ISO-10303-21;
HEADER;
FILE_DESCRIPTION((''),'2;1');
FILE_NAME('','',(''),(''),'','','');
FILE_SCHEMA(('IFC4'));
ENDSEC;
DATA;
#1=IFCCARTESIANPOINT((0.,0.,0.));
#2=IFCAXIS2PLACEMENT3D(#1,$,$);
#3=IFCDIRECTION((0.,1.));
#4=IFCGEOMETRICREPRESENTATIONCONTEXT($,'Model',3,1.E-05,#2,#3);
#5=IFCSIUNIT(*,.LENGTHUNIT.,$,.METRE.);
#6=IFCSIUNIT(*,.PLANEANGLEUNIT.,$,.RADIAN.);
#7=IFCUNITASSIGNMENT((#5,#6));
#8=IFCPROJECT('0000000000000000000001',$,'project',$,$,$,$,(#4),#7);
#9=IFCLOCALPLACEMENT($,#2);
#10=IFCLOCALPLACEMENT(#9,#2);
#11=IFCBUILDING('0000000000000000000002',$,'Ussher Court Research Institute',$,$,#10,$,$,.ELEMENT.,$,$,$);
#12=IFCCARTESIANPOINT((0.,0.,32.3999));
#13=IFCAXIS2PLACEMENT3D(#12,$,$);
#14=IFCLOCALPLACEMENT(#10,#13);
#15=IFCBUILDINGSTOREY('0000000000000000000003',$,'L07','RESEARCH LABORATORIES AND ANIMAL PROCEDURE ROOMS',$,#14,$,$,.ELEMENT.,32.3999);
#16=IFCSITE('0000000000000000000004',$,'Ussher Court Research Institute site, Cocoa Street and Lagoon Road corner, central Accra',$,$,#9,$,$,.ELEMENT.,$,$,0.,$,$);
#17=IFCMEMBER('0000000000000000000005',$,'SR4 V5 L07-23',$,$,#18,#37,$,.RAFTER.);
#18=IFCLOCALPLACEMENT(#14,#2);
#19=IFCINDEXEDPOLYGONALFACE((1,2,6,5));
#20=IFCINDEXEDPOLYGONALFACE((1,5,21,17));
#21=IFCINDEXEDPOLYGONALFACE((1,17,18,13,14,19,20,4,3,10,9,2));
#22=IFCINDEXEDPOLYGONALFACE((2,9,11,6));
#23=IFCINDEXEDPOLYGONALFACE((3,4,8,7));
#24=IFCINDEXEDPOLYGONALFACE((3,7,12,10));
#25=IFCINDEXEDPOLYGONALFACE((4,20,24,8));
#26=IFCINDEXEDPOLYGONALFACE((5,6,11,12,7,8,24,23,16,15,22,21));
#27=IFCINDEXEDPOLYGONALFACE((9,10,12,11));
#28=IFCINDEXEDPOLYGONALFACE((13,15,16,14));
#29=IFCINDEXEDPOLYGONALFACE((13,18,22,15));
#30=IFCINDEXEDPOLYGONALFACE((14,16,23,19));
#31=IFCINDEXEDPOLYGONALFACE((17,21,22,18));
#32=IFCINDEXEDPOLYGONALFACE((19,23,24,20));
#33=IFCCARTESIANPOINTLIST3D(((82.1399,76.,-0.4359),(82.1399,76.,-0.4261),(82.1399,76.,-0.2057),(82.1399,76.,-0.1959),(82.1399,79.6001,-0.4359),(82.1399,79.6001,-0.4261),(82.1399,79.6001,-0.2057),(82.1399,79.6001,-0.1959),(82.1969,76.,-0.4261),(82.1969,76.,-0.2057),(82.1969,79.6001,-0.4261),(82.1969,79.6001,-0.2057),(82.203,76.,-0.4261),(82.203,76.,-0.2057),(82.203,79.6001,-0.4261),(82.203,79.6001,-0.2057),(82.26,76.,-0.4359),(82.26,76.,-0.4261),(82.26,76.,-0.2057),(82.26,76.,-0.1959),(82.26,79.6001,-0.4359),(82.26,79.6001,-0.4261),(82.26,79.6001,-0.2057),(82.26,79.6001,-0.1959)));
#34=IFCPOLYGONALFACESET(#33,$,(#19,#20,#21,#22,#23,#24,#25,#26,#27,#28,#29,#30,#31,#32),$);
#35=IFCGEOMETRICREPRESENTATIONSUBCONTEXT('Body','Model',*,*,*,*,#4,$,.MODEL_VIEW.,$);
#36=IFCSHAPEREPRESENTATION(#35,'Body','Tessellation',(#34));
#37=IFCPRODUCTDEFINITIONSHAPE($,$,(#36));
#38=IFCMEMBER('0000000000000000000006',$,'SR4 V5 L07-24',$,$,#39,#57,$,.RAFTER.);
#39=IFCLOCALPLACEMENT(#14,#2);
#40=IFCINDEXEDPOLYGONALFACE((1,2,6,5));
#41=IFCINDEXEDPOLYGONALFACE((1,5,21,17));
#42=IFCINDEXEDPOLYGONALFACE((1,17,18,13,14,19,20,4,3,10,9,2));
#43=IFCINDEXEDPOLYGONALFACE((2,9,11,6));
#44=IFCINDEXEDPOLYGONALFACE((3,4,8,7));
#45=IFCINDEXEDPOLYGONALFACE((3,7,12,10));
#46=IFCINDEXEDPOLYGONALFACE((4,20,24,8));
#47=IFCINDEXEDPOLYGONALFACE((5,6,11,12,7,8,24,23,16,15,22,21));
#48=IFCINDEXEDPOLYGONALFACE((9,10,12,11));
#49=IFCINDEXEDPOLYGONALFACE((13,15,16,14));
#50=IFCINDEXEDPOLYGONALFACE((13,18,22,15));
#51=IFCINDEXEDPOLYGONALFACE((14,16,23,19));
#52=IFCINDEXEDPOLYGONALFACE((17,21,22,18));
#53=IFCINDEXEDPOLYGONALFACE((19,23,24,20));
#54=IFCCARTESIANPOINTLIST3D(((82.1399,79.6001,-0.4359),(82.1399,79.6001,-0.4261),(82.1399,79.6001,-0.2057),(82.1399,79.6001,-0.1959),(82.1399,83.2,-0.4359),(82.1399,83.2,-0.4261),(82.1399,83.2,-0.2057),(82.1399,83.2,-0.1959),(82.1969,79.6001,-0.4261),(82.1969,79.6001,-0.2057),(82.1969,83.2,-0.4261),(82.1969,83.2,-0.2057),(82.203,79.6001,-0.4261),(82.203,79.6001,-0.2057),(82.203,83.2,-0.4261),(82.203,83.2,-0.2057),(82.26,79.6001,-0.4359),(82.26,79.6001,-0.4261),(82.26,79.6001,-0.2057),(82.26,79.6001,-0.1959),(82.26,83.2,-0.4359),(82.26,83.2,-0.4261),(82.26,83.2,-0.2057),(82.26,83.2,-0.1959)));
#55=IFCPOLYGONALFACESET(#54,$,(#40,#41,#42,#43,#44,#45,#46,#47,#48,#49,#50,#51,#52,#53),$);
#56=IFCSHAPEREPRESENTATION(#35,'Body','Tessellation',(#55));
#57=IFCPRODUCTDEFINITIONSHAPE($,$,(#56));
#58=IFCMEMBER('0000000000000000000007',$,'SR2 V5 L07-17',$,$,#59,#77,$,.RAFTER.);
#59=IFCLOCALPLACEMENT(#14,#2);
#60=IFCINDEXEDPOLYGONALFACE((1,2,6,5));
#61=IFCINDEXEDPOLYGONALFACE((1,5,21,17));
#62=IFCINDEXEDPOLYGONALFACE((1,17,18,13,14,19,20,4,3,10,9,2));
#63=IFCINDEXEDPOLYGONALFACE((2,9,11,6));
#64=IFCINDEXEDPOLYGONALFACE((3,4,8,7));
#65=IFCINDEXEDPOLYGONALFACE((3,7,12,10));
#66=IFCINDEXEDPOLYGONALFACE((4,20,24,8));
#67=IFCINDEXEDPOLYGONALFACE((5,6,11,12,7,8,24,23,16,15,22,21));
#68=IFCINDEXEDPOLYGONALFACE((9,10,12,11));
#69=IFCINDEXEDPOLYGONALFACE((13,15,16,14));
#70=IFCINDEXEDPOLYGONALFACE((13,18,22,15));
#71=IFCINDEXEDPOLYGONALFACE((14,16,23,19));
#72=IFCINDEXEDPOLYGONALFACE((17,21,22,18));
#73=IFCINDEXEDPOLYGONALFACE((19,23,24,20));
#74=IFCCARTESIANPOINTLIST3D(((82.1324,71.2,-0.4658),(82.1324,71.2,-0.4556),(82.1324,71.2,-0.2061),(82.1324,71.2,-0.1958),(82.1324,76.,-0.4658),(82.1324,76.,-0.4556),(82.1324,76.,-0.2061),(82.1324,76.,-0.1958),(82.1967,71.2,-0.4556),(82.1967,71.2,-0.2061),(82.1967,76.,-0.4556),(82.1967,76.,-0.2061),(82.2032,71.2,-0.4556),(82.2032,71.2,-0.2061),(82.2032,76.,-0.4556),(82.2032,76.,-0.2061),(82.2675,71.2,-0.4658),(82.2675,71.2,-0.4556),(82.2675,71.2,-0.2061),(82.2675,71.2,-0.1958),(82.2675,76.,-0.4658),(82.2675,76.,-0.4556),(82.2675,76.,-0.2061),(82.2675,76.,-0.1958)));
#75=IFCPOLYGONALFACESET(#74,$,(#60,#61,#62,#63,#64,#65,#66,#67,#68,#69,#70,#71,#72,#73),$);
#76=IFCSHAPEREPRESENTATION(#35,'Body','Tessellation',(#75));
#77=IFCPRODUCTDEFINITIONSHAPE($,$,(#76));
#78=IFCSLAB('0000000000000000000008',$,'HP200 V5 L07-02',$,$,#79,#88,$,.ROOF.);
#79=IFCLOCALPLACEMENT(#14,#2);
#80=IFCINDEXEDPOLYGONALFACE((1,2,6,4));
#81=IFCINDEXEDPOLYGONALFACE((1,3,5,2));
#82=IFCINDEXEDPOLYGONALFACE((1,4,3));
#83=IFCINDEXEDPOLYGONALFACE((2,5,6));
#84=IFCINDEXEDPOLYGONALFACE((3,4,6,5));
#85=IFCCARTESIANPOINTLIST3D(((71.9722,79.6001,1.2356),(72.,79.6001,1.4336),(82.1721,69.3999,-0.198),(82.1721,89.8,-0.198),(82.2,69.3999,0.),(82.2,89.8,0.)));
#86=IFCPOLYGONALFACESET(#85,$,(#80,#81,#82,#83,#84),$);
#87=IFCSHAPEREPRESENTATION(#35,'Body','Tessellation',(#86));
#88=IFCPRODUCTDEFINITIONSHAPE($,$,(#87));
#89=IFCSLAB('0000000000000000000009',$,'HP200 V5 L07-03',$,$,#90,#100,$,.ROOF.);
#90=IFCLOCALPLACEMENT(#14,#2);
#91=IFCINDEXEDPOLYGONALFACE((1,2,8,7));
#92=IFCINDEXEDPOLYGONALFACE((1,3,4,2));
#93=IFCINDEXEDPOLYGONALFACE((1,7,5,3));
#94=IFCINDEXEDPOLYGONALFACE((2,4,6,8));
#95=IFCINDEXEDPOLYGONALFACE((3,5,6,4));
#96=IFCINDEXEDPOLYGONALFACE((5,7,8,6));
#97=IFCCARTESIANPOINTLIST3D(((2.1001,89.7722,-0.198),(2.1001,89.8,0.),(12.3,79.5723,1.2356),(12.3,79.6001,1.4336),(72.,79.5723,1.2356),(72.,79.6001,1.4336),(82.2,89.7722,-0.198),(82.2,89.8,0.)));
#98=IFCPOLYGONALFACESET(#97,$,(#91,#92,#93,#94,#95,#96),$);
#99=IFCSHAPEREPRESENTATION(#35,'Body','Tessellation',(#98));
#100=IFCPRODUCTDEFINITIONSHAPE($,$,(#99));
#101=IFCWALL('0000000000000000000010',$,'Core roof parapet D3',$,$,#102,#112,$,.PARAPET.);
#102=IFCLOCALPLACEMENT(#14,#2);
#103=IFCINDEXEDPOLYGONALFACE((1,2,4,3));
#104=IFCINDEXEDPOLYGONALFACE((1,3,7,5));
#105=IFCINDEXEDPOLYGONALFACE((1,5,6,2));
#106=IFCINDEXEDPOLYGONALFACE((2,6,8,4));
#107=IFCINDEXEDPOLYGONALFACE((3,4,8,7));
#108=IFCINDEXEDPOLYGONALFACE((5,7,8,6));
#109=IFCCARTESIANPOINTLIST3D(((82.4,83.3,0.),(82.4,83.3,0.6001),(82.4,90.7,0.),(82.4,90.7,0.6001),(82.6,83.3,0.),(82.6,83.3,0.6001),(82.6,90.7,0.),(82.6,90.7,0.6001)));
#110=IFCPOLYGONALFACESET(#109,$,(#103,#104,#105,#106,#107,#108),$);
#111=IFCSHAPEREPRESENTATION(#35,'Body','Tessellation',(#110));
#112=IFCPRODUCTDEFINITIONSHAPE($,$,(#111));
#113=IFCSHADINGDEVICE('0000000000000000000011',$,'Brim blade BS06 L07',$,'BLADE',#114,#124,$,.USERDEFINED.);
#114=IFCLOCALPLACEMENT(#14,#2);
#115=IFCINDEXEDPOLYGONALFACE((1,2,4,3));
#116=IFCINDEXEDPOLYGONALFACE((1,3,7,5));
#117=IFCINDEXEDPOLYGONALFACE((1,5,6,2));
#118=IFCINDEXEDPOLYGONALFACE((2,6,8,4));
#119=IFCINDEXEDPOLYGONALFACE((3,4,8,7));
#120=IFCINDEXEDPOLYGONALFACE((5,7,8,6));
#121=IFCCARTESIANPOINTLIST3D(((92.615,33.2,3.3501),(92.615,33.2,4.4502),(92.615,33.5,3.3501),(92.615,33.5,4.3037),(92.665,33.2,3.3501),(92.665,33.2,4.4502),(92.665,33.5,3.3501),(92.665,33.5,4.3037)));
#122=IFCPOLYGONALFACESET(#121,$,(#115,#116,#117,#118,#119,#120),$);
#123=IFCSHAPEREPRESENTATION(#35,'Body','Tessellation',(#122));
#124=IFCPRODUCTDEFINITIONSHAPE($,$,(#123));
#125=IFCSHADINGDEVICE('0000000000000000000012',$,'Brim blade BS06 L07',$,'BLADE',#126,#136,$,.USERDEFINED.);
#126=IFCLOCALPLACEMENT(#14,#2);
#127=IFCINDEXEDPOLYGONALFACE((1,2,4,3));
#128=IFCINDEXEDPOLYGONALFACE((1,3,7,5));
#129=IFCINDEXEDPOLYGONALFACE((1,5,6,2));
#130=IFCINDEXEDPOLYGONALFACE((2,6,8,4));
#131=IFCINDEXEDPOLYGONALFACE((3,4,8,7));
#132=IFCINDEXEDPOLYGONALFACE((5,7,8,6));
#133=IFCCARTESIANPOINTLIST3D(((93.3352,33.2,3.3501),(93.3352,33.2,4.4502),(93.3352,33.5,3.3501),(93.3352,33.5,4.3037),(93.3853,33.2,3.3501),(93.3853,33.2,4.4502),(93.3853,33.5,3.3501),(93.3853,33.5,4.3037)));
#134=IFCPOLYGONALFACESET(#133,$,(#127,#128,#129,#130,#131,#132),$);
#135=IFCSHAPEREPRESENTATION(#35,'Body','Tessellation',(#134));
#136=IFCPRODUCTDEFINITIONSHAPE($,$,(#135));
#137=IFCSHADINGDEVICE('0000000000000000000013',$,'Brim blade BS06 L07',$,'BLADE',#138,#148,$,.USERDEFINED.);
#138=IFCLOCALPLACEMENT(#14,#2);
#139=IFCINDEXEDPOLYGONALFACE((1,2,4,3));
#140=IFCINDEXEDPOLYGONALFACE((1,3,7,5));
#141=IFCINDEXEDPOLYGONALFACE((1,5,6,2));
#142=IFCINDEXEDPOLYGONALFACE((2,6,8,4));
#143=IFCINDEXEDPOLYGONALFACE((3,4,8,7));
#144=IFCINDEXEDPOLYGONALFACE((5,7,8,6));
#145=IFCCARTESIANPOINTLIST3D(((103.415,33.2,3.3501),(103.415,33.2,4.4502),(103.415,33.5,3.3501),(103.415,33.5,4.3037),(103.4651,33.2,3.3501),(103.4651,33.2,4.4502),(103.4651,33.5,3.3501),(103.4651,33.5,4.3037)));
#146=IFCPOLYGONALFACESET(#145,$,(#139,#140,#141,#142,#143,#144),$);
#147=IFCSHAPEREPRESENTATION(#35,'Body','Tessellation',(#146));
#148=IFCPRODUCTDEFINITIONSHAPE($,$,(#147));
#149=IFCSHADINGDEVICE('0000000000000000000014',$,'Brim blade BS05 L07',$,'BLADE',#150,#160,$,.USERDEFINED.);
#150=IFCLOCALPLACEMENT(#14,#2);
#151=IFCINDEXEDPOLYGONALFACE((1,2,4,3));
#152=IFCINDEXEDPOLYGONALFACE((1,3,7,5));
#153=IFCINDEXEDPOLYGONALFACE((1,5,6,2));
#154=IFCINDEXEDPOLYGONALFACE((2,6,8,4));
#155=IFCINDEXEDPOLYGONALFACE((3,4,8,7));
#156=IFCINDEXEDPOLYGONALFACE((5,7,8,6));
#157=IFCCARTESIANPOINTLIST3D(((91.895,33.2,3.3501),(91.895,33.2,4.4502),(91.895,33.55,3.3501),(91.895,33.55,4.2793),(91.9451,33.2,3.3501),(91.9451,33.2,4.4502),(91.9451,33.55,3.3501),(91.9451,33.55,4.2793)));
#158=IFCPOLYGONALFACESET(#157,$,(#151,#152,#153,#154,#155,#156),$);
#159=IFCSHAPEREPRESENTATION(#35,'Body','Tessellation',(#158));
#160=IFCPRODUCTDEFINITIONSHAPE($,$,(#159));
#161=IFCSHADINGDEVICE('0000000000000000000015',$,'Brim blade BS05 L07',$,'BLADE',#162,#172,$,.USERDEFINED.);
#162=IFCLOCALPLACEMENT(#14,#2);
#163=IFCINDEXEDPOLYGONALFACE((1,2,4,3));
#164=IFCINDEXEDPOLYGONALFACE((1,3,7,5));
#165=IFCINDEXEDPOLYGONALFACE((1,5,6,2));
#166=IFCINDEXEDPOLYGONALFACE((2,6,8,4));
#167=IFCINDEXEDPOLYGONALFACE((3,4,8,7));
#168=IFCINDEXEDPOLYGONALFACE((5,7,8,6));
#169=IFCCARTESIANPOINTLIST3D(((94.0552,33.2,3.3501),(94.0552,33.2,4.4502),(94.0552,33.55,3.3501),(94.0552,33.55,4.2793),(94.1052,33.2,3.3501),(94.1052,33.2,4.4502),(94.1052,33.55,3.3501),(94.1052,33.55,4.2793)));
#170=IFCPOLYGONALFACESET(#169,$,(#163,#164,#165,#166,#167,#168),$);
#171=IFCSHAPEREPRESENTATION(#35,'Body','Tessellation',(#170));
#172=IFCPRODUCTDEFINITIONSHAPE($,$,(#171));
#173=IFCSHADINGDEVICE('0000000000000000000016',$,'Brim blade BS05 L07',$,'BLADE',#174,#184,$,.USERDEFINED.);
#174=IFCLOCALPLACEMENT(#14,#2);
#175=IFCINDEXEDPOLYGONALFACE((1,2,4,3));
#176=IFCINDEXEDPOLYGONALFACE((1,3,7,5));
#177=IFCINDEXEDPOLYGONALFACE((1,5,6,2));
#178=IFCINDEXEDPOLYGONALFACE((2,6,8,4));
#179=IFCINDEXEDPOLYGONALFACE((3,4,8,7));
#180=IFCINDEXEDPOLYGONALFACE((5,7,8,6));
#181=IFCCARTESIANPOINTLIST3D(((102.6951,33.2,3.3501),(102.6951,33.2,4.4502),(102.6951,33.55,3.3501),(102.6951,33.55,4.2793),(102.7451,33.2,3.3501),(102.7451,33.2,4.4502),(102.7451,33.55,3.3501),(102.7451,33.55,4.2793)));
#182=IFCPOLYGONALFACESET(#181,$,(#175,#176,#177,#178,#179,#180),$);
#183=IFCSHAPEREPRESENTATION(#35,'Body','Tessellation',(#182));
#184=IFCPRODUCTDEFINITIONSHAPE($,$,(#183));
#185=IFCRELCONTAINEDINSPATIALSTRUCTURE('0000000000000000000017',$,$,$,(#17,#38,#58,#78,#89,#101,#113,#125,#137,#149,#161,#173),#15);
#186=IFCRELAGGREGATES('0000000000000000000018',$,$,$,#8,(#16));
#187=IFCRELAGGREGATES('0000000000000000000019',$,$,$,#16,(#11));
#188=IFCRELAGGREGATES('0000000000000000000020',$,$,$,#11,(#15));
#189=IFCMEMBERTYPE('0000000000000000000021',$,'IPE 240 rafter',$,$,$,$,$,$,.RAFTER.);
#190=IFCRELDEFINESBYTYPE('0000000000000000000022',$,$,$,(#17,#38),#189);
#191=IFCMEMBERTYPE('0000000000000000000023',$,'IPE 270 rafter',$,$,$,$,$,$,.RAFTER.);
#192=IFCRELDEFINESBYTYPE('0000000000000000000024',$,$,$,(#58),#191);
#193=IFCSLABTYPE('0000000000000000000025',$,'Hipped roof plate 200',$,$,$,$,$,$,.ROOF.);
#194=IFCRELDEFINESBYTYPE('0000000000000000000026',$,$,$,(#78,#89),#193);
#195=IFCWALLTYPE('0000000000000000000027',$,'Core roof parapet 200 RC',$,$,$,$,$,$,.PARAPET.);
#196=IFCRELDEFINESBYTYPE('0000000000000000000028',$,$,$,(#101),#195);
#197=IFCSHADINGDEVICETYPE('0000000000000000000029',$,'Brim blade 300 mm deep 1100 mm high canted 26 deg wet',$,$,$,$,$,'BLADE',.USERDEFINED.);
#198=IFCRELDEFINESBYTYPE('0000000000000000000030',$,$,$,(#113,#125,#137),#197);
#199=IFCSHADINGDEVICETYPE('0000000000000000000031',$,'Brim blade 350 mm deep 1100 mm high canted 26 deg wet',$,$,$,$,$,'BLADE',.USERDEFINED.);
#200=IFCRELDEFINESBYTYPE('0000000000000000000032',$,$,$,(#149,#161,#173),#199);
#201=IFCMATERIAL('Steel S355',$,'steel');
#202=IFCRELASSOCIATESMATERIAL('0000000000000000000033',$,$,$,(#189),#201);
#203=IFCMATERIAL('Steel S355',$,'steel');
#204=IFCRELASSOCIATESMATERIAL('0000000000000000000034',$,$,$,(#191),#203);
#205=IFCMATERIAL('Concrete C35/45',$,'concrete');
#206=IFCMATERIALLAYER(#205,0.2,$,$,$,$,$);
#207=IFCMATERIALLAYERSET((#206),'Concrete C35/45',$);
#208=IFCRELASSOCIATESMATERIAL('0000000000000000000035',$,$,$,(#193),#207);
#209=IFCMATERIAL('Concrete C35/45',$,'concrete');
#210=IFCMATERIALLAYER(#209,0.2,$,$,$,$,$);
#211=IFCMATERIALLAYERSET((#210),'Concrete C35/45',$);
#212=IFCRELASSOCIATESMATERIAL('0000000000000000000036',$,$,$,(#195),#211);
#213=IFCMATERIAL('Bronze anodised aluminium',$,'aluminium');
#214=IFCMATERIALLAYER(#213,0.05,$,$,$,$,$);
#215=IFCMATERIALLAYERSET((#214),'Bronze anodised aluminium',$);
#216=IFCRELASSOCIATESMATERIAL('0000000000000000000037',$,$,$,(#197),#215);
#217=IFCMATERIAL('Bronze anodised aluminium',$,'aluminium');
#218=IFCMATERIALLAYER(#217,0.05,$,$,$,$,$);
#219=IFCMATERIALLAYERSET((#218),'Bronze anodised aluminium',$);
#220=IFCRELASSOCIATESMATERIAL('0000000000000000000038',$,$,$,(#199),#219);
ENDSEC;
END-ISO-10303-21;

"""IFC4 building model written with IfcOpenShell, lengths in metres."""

from ifc_helpers import new_model, si_unit, direction, frame, frame_2d, origin, origin_2d, place, context, subcontext, project, spatial, polyline, rectangle, i_section, outline, extrude, material, layer, layer_set, material_profile, profile_set, type_object, element, save


model = new_model("IFC4")

# Units and contexts
model_context = context("Model", 3, precision=1e-05, world=origin(), true_north=direction((0.0, 1.0)))
body_context = subcontext(model_context, "Body", "Model", "MODEL_VIEW")
ifc_project = project(units=[si_unit("LENGTHUNIT", "METRE"), si_unit("PLANEANGLEUNIT", "RADIAN")], contexts=[model_context])

# Site, building, storey
site_placement = place(None, origin())
site = spatial("IfcSite", under=ifc_project, at=site_placement, Name="Ussher Court Research Institute site, Cocoa Street and Lagoon Road corner, central Accra", CompositionType="ELEMENT", RefElevation=0.0)
building_placement = place(site_placement, origin())
building = spatial("IfcBuilding", under=site, at=building_placement, Name="Ussher Court Research Institute", CompositionType="ELEMENT")
storey_placement = place(building_placement, frame((0.0, 0.0, 32.3999)))
storey = spatial("IfcBuildingStorey", under=building, at=storey_placement, Name="L07", Description="RESEARCH LABORATORIES AND ANIMAL PROCEDURE ROOMS", CompositionType="ELEMENT", Elevation=32.3999)

# Members
ifc_material_1 = material(Name="Steel S355", Category="steel")
ifc_material_profile_1 = material_profile(ifc_material_1, i_section(OverallWidth=0.1201, OverallDepth=0.24, WebThickness=0.0061, FlangeThickness=0.0098, at=origin_2d()), Name="IPE 240")
ifc_profile_set_1 = profile_set([ifc_material_profile_1], Name="Steel S355")
member_type_1 = type_object("IfcMemberType", Name="IPE 240 rafter", PredefinedType="RAFTER", material=ifc_profile_set_1)
member_1_placement = place(storey_placement, frame((82.2, 76.0, -0.3159), z_axis=(0.0, 1.0, 0.0), x_axis=(-1.0, 0.0, 0.0)))
element("IfcMember", 1, at=member_1_placement, inside=storey, type_object=member_type_1, Name="SR4 V5 L07-23", PredefinedType="RAFTER", context=body_context, shape_type="SweptSolid", body=[
    extrude(i_section(OverallWidth=0.1201, OverallDepth=0.24, WebThickness=0.0061, FlangeThickness=0.0098, at=origin_2d()), origin(), (0.0, 0.0, 1.0), 3.6001),
])
member_2_placement = place(storey_placement, frame((82.2, 79.6001, -0.3159), z_axis=(0.0, 1.0, 0.0), x_axis=(-1.0, 0.0, 0.0)))
element("IfcMember", 2, at=member_2_placement, inside=storey, type_object=member_type_1, Name="SR4 V5 L07-24", PredefinedType="RAFTER", context=body_context, shape_type="SweptSolid", body=[
    extrude(i_section(OverallWidth=0.1201, OverallDepth=0.24, WebThickness=0.0061, FlangeThickness=0.0098, at=origin_2d()), origin(), (0.0, 0.0, 1.0), 3.5999),
])
ifc_material_2 = material(Name="Steel S355", Category="steel")
ifc_material_profile_2 = material_profile(ifc_material_2, i_section(OverallWidth=0.135, OverallDepth=0.27, WebThickness=0.0066, FlangeThickness=0.0103, at=origin_2d()), Name="IPE 270")
ifc_profile_set_2 = profile_set([ifc_material_profile_2], Name="Steel S355")
member_type_2 = type_object("IfcMemberType", Name="IPE 270 rafter", PredefinedType="RAFTER", material=ifc_profile_set_2)
member_3_placement = place(storey_placement, frame((82.2, 71.2, -0.3308), z_axis=(0.0, 1.0, 0.0), x_axis=(-1.0, 0.0, 0.0)))
element("IfcMember", 3, at=member_3_placement, inside=storey, type_object=member_type_2, Name="SR2 V5 L07-17", PredefinedType="RAFTER", context=body_context, shape_type="SweptSolid", body=[
    extrude(i_section(OverallWidth=0.135, OverallDepth=0.27, WebThickness=0.0066, FlangeThickness=0.0103, at=origin_2d()), origin(), (0.0, 0.0, 1.0), 4.8),
])

# Slabs
ifc_material_3 = material(Name="Concrete C35/45", Category="concrete")
ifc_layer_1 = layer(ifc_material_3, 0.2)
ifc_layer_set_1 = layer_set([ifc_layer_1], Name="Concrete C35/45")
slab_type = type_object("IfcSlabType", Name="Hipped roof plate 200", PredefinedType="ROOF", material=ifc_layer_set_1)
slab_1_placement = place(storey_placement, frame((82.2, 69.3999, 0.0), z_axis=(0.139181, 0.0, 0.990267), x_axis=(0.0, 1.0, 0.0)))
element("IfcSlab", 4, at=slab_1_placement, inside=storey, type_object=slab_type, Name="HP200 V5 L07-02", PredefinedType="ROOF", context=body_context, shape_type="SweptSolid", body=[
    extrude(outline(polyline([(0.0, 0.0), (20.4001, 0.0), (10.2002, 10.3002), (0.0, 0.0)])), origin(), (0.0, 0.0, -1.0), 0.2),
])
slab_2_placement = place(storey_placement, frame((82.2, 89.8, 0.0), z_axis=(0.0, 0.139181, 0.990267), x_axis=(-1.0, 0.0, 0.0)))
element("IfcSlab", 5, at=slab_2_placement, inside=storey, type_object=slab_type, Name="HP200 V5 L07-03", PredefinedType="ROOF", context=body_context, shape_type="SweptSolid", body=[
    extrude(outline(polyline([(0.0, 0.0), (80.0999, 0.0), (69.8999, 10.3002), (10.2, 10.3002), (0.0, 0.0)])), origin(), (0.0, 0.0, -1.0), 0.2),
])

# Wall
ifc_material_4 = material(Name="Concrete C35/45", Category="concrete")
ifc_layer_2 = layer(ifc_material_4, 0.2)
ifc_layer_set_2 = layer_set([ifc_layer_2], Name="Concrete C35/45")
wall_type = type_object("IfcWallType", Name="Core roof parapet 200 RC", PredefinedType="PARAPET", material=ifc_layer_set_2)
wall_placement = place(storey_placement, frame((82.5, 83.3, 0.0), z_axis=(0.0, 0.0, 1.0), x_axis=(0.0, 1.0, 0.0)))
element("IfcWall", 6, at=wall_placement, inside=storey, type_object=wall_type, Name="Core roof parapet D3", PredefinedType="PARAPET", context=body_context, shape_type="SweptSolid", body=[
    extrude(rectangle(XDim=7.3999, YDim=0.2, at=frame_2d((3.7, 0.0))), origin(), (0.0, 0.0, 1.0), 0.6001),
])

# Shading devices
ifc_material_5 = material(Name="Bronze anodised aluminium", Category="aluminium")
ifc_layer_3 = layer(ifc_material_5, 0.05)
ifc_layer_set_3 = layer_set([ifc_layer_3], Name="Bronze anodised aluminium")
shading_device_type_1 = type_object("IfcShadingDeviceType", Name="Brim blade 300 mm deep 1100 mm high canted 26 deg wet", ElementType="BLADE", PredefinedType="USERDEFINED", material=ifc_layer_set_3)
for number, where, z_axis, x_axis, name in (
    (7, (92.6399, 33.2, 3.3501), (0.0, 0.0, 1.0), (0.0, 1.0, 0.0), "Brim blade BS06 L07"),
    (8, (93.3601, 33.2, 3.3501), (0.0, 0.0, 1.0), (0.0, 1.0, 0.0), "Brim blade BS06 L07"),
    (9, (103.4399, 33.2, 3.3501), (0.0, 0.0, 1.0), (0.0, 1.0, 0.0), "Brim blade BS06 L07"),
):
    element("IfcShadingDevice", number, at=place(storey_placement, frame(where, z_axis=z_axis, x_axis=x_axis)), inside=storey, type_object=shading_device_type_1, Name=name, ObjectType="BLADE", PredefinedType="USERDEFINED", context=body_context, shape_type="SweptSolid", body=[
        extrude(outline(polyline([(0.0, 0.0), (0.3, 0.0), (0.3, 0.9536), (0.0, 1.1001), (0.0, 0.0)])), frame((0.0, 0.0249, 0.0), z_axis=(0.0, -1.0, 0.0), x_axis=(1.0, 0.0, 0.0)), (0.0, 0.0, 1.0), 0.05),
    ])
ifc_material_6 = material(Name="Bronze anodised aluminium", Category="aluminium")
ifc_layer_4 = layer(ifc_material_6, 0.05)
ifc_layer_set_4 = layer_set([ifc_layer_4], Name="Bronze anodised aluminium")
shading_device_type_2 = type_object("IfcShadingDeviceType", Name="Brim blade 350 mm deep 1100 mm high canted 26 deg wet", ElementType="BLADE", PredefinedType="USERDEFINED", material=ifc_layer_set_4)
for number, where, z_axis, x_axis, name in (
    (10, (91.9199, 33.2, 3.3501), (0.0, 0.0, 1.0), (0.0, 1.0, 0.0), "Brim blade BS05 L07"),
    (11, (94.0801, 33.2, 3.3501), (0.0, 0.0, 1.0), (0.0, 1.0, 0.0), "Brim blade BS05 L07"),
    (12, (102.72, 33.2, 3.3501), (0.0, 0.0, 1.0), (0.0, 1.0, 0.0), "Brim blade BS05 L07"),
):
    element("IfcShadingDevice", number, at=place(storey_placement, frame(where, z_axis=z_axis, x_axis=x_axis)), inside=storey, type_object=shading_device_type_2, Name=name, ObjectType="BLADE", PredefinedType="USERDEFINED", context=body_context, shape_type="SweptSolid", body=[
        extrude(outline(polyline([(0.0, 0.0), (0.3501, 0.0), (0.3501, 0.9292), (0.0, 1.1001), (0.0, 0.0)])), frame((0.0, 0.0249, 0.0), z_axis=(0.0, -1.0, 0.0), x_axis=(1.0, 0.0, 0.0)), (0.0, 0.0, 1.0), 0.05),
    ])

save(model, "model.ifc")
